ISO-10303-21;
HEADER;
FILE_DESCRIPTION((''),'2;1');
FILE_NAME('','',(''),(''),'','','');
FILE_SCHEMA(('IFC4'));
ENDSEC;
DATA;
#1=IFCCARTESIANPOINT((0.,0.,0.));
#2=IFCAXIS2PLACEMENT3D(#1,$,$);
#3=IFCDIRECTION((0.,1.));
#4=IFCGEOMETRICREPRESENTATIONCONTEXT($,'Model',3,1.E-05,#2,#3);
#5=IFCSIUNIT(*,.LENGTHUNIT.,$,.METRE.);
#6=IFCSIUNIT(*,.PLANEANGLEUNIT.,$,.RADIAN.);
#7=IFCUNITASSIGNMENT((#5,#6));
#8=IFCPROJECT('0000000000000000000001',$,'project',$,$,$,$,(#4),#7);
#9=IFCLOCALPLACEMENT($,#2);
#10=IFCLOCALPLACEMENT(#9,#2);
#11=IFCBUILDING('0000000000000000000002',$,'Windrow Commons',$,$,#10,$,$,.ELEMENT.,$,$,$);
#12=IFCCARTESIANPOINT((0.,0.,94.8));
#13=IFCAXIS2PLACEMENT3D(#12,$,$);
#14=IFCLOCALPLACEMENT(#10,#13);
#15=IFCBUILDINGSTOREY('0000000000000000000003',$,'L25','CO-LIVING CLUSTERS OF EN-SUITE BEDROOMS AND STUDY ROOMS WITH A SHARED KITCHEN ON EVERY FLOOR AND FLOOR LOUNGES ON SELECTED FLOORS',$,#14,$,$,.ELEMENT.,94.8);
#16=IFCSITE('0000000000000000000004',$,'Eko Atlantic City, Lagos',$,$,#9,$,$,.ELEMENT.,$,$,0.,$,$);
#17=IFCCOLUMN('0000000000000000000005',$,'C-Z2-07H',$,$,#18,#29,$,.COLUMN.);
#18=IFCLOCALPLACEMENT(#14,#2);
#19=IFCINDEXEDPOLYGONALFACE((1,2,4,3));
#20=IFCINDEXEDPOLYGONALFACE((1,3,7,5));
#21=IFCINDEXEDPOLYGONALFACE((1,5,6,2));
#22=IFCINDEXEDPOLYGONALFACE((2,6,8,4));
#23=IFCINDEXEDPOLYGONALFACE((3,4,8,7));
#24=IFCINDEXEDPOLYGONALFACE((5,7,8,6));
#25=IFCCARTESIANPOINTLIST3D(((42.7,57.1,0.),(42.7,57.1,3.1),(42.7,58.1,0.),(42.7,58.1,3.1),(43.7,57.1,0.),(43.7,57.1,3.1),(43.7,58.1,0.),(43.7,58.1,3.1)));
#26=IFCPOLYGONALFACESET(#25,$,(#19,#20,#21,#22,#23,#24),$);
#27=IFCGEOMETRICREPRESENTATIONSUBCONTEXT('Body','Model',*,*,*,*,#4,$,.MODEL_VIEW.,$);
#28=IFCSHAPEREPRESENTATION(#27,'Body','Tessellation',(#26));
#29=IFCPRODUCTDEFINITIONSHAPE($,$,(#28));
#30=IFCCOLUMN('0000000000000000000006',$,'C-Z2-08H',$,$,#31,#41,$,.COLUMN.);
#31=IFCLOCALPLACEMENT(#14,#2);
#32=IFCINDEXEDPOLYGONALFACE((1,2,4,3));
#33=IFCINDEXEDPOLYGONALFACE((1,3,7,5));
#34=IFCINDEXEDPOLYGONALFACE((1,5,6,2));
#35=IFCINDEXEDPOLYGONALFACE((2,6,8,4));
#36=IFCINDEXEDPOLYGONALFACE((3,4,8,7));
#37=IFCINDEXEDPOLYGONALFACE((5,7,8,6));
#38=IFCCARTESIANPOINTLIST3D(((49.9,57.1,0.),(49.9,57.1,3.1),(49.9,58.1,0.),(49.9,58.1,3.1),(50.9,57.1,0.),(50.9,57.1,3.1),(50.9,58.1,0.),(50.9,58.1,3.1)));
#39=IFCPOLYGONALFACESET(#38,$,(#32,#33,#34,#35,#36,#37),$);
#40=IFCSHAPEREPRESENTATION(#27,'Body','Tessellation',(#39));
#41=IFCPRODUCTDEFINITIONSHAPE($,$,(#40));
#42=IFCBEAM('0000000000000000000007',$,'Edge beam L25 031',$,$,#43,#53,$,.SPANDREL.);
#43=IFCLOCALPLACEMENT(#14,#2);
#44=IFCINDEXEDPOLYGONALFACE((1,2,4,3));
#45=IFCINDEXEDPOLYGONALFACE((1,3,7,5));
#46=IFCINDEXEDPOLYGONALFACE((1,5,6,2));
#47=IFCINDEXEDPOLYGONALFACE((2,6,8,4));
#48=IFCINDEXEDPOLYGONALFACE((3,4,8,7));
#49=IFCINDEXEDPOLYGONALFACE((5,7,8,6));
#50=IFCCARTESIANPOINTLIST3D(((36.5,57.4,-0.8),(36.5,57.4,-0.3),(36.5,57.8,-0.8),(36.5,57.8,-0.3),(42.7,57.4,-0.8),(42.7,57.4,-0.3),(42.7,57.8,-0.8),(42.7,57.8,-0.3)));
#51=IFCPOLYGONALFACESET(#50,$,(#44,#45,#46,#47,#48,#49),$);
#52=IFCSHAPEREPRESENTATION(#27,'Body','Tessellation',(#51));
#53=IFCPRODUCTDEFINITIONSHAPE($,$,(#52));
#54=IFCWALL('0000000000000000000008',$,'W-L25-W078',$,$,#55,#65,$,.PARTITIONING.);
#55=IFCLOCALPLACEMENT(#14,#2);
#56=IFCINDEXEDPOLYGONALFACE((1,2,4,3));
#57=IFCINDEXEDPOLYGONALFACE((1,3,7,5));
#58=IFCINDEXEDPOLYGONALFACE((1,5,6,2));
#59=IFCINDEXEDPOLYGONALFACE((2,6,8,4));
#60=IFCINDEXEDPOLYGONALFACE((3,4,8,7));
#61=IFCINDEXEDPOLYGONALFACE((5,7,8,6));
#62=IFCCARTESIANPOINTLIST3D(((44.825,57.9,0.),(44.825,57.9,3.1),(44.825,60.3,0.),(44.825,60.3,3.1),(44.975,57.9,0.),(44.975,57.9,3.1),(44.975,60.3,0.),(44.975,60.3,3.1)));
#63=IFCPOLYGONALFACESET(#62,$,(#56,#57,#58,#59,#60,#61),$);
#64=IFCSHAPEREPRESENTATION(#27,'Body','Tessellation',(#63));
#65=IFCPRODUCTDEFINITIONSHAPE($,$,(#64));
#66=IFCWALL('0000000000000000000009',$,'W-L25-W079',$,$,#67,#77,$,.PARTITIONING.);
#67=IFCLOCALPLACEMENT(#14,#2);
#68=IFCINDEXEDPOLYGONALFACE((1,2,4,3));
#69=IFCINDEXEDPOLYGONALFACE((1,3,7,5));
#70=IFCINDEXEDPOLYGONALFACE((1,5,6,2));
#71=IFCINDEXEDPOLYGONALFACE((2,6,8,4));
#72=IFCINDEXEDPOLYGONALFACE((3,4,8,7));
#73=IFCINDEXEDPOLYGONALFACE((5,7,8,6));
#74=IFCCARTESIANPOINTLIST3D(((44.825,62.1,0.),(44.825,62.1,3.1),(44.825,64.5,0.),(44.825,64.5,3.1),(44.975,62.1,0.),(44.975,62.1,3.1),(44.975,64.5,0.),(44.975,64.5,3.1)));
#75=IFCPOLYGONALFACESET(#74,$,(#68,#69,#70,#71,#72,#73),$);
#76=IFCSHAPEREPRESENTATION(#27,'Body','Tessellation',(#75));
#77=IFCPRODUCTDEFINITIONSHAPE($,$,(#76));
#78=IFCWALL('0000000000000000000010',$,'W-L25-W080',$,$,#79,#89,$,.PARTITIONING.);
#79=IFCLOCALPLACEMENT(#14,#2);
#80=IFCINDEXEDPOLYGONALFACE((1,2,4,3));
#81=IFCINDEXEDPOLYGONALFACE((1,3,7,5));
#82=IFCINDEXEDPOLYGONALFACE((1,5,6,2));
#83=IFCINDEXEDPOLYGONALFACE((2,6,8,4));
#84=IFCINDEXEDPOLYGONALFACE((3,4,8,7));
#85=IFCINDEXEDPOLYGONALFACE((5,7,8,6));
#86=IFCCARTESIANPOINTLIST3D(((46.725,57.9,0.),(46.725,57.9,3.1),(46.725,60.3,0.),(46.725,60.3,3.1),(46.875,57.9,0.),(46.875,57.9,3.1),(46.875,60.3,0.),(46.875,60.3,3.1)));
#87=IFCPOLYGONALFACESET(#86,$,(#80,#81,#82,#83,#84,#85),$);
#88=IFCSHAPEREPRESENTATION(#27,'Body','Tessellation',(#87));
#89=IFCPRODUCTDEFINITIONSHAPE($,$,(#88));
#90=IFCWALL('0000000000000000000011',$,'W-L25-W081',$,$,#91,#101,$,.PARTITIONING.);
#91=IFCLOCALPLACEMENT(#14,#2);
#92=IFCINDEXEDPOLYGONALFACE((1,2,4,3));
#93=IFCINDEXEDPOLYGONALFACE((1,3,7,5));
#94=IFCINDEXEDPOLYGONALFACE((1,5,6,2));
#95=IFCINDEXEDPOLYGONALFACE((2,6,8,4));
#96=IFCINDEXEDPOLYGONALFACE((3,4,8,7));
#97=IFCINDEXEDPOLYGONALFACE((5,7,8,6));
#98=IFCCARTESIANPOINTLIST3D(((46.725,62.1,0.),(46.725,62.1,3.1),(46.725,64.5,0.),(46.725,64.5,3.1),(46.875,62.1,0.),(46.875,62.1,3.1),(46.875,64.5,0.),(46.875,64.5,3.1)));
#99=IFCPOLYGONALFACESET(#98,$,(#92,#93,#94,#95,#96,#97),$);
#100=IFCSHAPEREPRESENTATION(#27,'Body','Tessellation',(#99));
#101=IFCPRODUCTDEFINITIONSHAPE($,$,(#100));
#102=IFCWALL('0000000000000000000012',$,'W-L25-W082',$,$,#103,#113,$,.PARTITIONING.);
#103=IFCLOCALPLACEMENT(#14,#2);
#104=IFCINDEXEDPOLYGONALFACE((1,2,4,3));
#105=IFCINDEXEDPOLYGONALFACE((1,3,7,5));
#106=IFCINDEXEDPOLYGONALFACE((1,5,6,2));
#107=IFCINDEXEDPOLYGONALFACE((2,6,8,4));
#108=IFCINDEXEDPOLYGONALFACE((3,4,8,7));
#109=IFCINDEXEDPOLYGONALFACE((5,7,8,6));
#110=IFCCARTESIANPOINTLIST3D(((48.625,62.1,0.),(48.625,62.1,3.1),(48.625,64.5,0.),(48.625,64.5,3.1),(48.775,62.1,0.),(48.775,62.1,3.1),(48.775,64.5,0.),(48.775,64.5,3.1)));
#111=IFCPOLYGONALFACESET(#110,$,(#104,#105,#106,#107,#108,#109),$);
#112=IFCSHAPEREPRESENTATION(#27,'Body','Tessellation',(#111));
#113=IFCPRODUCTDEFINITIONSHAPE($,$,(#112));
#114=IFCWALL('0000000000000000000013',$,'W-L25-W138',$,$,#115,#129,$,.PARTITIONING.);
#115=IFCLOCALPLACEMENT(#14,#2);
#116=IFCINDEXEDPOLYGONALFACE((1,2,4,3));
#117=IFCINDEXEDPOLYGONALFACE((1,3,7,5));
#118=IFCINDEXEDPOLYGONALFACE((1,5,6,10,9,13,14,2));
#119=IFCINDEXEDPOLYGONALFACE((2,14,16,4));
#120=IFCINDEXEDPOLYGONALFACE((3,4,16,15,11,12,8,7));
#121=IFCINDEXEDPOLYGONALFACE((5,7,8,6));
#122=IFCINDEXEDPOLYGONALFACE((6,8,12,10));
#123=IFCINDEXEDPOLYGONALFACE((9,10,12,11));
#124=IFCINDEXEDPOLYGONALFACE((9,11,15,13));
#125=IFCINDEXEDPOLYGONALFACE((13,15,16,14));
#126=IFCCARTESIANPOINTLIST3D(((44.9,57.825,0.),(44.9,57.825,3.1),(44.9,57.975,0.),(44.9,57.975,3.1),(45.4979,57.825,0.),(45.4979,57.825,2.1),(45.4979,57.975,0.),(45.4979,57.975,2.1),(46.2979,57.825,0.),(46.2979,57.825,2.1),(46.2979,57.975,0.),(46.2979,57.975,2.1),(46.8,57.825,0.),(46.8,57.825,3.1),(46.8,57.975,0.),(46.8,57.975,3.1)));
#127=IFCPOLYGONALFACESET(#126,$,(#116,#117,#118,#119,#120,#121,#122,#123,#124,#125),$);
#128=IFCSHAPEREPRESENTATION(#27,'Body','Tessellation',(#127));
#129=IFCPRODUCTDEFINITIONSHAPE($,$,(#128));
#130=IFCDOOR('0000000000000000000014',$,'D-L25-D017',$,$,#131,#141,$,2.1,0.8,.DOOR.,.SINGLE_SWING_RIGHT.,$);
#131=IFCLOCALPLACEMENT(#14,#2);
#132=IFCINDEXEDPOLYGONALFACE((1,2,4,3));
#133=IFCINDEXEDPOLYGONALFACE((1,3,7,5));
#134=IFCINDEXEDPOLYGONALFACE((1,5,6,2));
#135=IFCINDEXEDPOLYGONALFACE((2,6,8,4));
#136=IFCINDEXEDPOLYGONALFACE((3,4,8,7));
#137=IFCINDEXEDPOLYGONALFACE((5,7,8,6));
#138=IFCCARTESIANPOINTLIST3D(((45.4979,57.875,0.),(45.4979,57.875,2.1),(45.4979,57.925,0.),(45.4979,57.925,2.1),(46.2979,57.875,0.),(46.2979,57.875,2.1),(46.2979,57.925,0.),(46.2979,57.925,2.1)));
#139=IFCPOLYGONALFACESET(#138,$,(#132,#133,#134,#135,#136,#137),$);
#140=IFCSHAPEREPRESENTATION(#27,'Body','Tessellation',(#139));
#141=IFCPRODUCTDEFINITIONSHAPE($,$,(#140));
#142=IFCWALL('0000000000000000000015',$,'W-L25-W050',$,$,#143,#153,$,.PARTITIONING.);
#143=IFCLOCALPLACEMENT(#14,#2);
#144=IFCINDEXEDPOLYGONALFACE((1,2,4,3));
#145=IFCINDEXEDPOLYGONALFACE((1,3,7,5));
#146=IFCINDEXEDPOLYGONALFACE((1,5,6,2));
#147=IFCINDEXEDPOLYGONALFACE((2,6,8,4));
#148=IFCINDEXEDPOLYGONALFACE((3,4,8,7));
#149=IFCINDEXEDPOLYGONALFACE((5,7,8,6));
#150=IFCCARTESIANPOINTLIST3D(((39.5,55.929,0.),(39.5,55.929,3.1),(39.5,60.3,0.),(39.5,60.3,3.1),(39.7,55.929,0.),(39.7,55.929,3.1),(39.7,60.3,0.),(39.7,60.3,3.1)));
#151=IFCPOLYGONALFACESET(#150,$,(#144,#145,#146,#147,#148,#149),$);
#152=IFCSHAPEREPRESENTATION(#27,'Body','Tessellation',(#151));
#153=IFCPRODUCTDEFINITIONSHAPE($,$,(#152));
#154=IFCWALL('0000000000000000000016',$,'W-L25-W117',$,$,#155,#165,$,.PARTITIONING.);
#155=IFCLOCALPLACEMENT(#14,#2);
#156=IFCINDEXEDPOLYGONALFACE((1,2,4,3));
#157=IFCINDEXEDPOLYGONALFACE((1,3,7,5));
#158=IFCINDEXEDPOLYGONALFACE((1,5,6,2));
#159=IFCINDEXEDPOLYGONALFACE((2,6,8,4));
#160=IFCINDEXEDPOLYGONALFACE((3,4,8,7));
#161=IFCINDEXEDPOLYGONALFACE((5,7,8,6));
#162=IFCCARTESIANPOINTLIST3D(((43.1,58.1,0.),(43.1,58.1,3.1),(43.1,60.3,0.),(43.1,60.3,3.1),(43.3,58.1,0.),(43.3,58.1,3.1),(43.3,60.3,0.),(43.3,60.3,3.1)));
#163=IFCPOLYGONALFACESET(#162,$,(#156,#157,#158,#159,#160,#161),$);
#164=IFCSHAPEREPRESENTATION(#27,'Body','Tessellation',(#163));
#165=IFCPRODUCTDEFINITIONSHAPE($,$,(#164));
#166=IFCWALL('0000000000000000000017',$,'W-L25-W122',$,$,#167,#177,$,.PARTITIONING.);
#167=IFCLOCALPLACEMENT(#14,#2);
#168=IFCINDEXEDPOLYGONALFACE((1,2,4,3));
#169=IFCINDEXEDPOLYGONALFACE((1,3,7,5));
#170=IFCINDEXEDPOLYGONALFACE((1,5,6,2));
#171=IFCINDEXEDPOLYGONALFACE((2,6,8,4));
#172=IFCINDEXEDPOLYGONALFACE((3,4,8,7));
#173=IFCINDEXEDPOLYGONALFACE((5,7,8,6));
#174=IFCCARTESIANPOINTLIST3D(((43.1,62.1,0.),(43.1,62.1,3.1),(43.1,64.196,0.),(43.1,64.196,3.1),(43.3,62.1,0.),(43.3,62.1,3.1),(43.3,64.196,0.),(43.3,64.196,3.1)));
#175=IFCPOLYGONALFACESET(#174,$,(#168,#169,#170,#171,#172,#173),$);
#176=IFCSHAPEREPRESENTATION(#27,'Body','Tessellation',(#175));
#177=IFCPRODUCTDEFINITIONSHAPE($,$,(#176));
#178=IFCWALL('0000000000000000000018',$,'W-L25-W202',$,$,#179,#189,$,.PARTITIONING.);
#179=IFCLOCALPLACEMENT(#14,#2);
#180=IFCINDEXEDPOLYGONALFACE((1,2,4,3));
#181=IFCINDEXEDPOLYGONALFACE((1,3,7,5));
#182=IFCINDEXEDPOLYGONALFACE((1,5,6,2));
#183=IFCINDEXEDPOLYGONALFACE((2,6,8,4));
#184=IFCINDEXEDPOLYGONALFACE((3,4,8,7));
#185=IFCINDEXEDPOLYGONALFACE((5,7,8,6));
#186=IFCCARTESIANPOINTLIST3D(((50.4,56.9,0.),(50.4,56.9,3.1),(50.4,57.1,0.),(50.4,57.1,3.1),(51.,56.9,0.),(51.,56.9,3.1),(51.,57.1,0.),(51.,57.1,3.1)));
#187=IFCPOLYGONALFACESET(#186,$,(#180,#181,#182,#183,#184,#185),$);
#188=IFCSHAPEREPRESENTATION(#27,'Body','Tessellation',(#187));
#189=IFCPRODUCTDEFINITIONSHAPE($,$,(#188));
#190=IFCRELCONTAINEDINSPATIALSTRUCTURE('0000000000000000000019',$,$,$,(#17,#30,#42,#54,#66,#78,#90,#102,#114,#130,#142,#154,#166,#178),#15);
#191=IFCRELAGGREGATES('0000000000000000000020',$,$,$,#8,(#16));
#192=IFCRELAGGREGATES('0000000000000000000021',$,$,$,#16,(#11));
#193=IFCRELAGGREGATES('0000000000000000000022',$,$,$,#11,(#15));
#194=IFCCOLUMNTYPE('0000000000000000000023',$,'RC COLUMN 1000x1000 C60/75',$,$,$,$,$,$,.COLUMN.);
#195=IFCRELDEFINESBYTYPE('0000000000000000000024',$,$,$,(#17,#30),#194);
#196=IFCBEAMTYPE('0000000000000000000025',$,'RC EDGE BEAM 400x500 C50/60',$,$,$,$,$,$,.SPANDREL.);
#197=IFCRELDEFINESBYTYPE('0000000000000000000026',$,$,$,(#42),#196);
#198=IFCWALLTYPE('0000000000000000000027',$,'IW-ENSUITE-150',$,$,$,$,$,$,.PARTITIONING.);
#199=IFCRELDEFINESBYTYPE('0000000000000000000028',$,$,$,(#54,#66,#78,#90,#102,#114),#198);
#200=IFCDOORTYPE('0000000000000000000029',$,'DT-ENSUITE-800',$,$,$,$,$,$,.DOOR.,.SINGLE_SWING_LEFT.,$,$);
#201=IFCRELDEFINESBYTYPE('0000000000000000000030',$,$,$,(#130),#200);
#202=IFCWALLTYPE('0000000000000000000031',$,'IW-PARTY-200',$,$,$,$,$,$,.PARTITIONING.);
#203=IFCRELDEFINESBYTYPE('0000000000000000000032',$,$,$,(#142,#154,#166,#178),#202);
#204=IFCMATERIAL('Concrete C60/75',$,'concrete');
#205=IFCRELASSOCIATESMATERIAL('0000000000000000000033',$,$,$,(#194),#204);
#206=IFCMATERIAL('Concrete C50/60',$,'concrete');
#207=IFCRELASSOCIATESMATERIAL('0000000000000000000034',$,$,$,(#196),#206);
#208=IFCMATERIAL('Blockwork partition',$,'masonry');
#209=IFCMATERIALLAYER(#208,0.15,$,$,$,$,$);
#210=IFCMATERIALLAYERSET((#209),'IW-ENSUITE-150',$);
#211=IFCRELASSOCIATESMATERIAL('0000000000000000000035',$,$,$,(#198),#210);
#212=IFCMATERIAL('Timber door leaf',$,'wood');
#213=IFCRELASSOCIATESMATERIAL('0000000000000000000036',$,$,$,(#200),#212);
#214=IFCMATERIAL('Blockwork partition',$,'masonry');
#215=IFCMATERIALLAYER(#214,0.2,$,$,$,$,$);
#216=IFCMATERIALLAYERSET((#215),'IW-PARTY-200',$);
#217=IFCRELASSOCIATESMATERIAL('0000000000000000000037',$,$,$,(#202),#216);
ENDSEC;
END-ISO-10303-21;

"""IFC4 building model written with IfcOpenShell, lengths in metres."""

from ifc_helpers import new_model, si_unit, direction, frame, frame_2d, origin, origin_2d, place, context, subcontext, project, spatial, rectangle, extrude, material, layer, layer_set, material_profile, profile_set, type_object, element, fill, save


model = new_model("IFC4")

# Units and contexts
model_context = context("Model", 3, precision=1e-05, world=origin(), true_north=direction((0.0, 1.0)))
body_context = subcontext(model_context, "Body", "Model", "MODEL_VIEW")
ifc_project = project(units=[si_unit("LENGTHUNIT", "METRE"), si_unit("PLANEANGLEUNIT", "RADIAN")], contexts=[model_context])

# Site, building, storey
site_placement = place(None, origin())
site = spatial("IfcSite", under=ifc_project, at=site_placement, Name="Eko Atlantic City, Lagos", CompositionType="ELEMENT", RefElevation=0.0)
building_placement = place(site_placement, origin())
building = spatial("IfcBuilding", under=site, at=building_placement, Name="Windrow Commons", CompositionType="ELEMENT")
storey_placement = place(building_placement, frame((0.0, 0.0, 94.8)))
storey = spatial("IfcBuildingStorey", under=building, at=storey_placement, Name="L25", Description="CO-LIVING CLUSTERS OF EN-SUITE BEDROOMS AND STUDY ROOMS WITH A SHARED KITCHEN ON EVERY FLOOR AND FLOOR LOUNGES ON SELECTED FLOORS", CompositionType="ELEMENT", Elevation=94.8)

# Columns
ifc_material_1 = material(Name="Concrete C60/75", Category="concrete")
ifc_material_profile_1 = material_profile(ifc_material_1, rectangle(XDim=1.0, YDim=1.0, at=origin_2d()))
ifc_profile_set_1 = profile_set([ifc_material_profile_1], Name="Concrete C60/75")
column_type = type_object("IfcColumnType", Name="RC COLUMN 1000x1000 C60/75", PredefinedType="COLUMN", material=ifc_profile_set_1)
for number, where, z_axis, x_axis, name in (
    (1, (43.2, 57.6, 0.0), (0.0, 0.0, 1.0), (1.0, 0.0, 0.0), "C-Z2-07H"),
    (2, (50.4, 57.6, 0.0), (0.0, 0.0, 1.0), (1.0, 0.0, 0.0), "C-Z2-08H"),
):
    element("IfcColumn", number, at=place(storey_placement, frame(where, z_axis=z_axis, x_axis=x_axis)), inside=storey, type_object=column_type, Name=name, PredefinedType="COLUMN", context=body_context, shape_type="SweptSolid", body=[
        extrude(rectangle(XDim=1.0, YDim=1.0, at=origin_2d()), origin(), (0.0, 0.0, 1.0), 3.1),
    ])

# Beam
ifc_material_2 = material(Name="Concrete C50/60", Category="concrete")
ifc_material_profile_2 = material_profile(ifc_material_2, rectangle(XDim=0.4, YDim=0.5, at=origin_2d()))
ifc_profile_set_2 = profile_set([ifc_material_profile_2], Name="Concrete C50/60")
beam_type = type_object("IfcBeamType", Name="RC EDGE BEAM 400x500 C50/60", PredefinedType="SPANDREL", material=ifc_profile_set_2)
beam_placement = place(storey_placement, frame((42.7, 57.6, -0.55), z_axis=(-1.0, 0.0, 0.0), x_axis=(0.0, -1.0, 0.0)))
element("IfcBeam", 3, at=beam_placement, inside=storey, type_object=beam_type, Name="Edge beam L25 031", PredefinedType="SPANDREL", context=body_context, shape_type="SweptSolid", body=[
    extrude(rectangle(XDim=0.4, YDim=0.5, at=origin_2d()), origin(), (0.0, 0.0, 1.0), 6.2),
])

# Walls
ifc_material_3 = material(Name="Blockwork partition", Category="masonry")
ifc_layer_1 = layer(ifc_material_3, 0.15)
ifc_layer_set_1 = layer_set([ifc_layer_1], Name="IW-ENSUITE-150")
wall_type_1 = type_object("IfcWallType", Name="IW-ENSUITE-150", PredefinedType="PARTITIONING", material=ifc_layer_set_1)
for number, where, z_axis, x_axis, name in (
    (4, (44.9, 57.9, 0.0), (0.0, 0.0, 1.0), (0.0, 1.0, 0.0), "W-L25-W078"),
    (5, (44.9, 62.1, 0.0), (0.0, 0.0, 1.0), (0.0, 1.0, 0.0), "W-L25-W079"),
    (6, (46.8, 57.9, 0.0), (0.0, 0.0, 1.0), (0.0, 1.0, 0.0), "W-L25-W080"),
    (7, (46.8, 62.1, 0.0), (0.0, 0.0, 1.0), (0.0, 1.0, 0.0), "W-L25-W081"),
    (8, (48.7, 62.1, 0.0), (0.0, 0.0, 1.0), (0.0, 1.0, 0.0), "W-L25-W082"),
):
    element("IfcWall", number, at=place(storey_placement, frame(where, z_axis=z_axis, x_axis=x_axis)), inside=storey, type_object=wall_type_1, Name=name, PredefinedType="PARTITIONING", context=body_context, shape_type="SweptSolid", body=[
        extrude(rectangle(XDim=2.4, YDim=0.15, at=frame_2d((1.2, 0.0))), origin(), (0.0, 0.0, 1.0), 3.1),
    ])

# Wall, opening, door
wall_1_placement = place(storey_placement, frame((44.9, 57.9, 0.0), z_axis=(0.0, 0.0, 1.0), x_axis=(1.0, 0.0, 0.0)))
wall_1 = element("IfcWall", 9, at=wall_1_placement, inside=storey, type_object=wall_type_1, Name="W-L25-W138", PredefinedType="PARTITIONING", context=body_context, shape_type="SweptSolid", body=[
    extrude(rectangle(XDim=1.9, YDim=0.15, at=frame_2d((0.95, 0.0))), origin(), (0.0, 0.0, 1.0), 3.1),
])
opening_placement = place(wall_1_placement, frame((0.5979, 0.0, 0.0)))
opening = element("IfcOpeningElement", 10, at=opening_placement, cuts=wall_1, PredefinedType="OPENING", context=body_context, shape_type="SweptSolid", body=[
    extrude(rectangle(XDim=0.8, YDim=2.1, at=frame_2d((0.4, 1.05))), frame((0.0, 0.085, 0.0), z_axis=(0.0, -1.0, 0.0), x_axis=(1.0, 0.0, 0.0)), (0.0, 0.0, 1.0), 0.17),
])
ifc_material_4 = material(Name="Timber door leaf", Category="wood")
door_type = type_object("IfcDoorType", Name="DT-ENSUITE-800", OperationType="SINGLE_SWING_LEFT", PredefinedType="DOOR", material=ifc_material_4)
door_placement = place(opening_placement, origin())
door = element("IfcDoor", 11, at=door_placement, inside=storey, type_object=door_type, Name="D-L25-D017", OperationType="SINGLE_SWING_RIGHT", OverallHeight=2.1, OverallWidth=0.8, PredefinedType="DOOR", context=body_context, shape_type="SweptSolid", body=[
    extrude(rectangle(XDim=0.8, YDim=2.1, at=frame_2d((0.4, 1.05))), frame((0.0, 0.025, 0.0), z_axis=(0.0, -1.0, 0.0), x_axis=(1.0, 0.0, 0.0)), (0.0, 0.0, 1.0), 0.05),
])
fill(opening, door)

# Walls
ifc_material_5 = material(Name="Blockwork partition", Category="masonry")
ifc_layer_2 = layer(ifc_material_5, 0.2)
ifc_layer_set_2 = layer_set([ifc_layer_2], Name="IW-PARTY-200")
wall_type_2 = type_object("IfcWallType", Name="IW-PARTY-200", PredefinedType="PARTITIONING", material=ifc_layer_set_2)
wall_2_placement = place(storey_placement, frame((39.6, 55.929, 0.0), z_axis=(0.0, 0.0, 1.0), x_axis=(0.0, 1.0, 0.0)))
element("IfcWall", 12, at=wall_2_placement, inside=storey, type_object=wall_type_2, Name="W-L25-W050", PredefinedType="PARTITIONING", context=body_context, shape_type="SweptSolid", body=[
    extrude(rectangle(XDim=4.371, YDim=0.2, at=frame_2d((2.1855, 0.0))), origin(), (0.0, 0.0, 1.0), 3.1),
])
wall_3_placement = place(storey_placement, frame((43.2, 58.1, 0.0), z_axis=(0.0, 0.0, 1.0), x_axis=(0.0, 1.0, 0.0)))
element("IfcWall", 13, at=wall_3_placement, inside=storey, type_object=wall_type_2, Name="W-L25-W117", PredefinedType="PARTITIONING", context=body_context, shape_type="SweptSolid", body=[
    extrude(rectangle(XDim=2.2, YDim=0.2, at=frame_2d((1.1, 0.0))), origin(), (0.0, 0.0, 1.0), 3.1),
])
wall_4_placement = place(storey_placement, frame((43.2, 62.1, 0.0), z_axis=(0.0, 0.0, 1.0), x_axis=(0.0, 1.0, 0.0)))
element("IfcWall", 14, at=wall_4_placement, inside=storey, type_object=wall_type_2, Name="W-L25-W122", PredefinedType="PARTITIONING", context=body_context, shape_type="SweptSolid", body=[
    extrude(rectangle(XDim=2.096, YDim=0.2, at=frame_2d((1.048, 0.0))), origin(), (0.0, 0.0, 1.0), 3.1),
])
wall_5_placement = place(storey_placement, frame((50.4, 57.0, 0.0), z_axis=(0.0, 0.0, 1.0), x_axis=(1.0, 0.0, 0.0)))
element("IfcWall", 15, at=wall_5_placement, inside=storey, type_object=wall_type_2, Name="W-L25-W202", PredefinedType="PARTITIONING", context=body_context, shape_type="SweptSolid", body=[
    extrude(rectangle(XDim=0.6, YDim=0.2, at=frame_2d((0.3, 0.0))), origin(), (0.0, 0.0, 1.0), 3.1),
])

save(model, "model.ifc")
